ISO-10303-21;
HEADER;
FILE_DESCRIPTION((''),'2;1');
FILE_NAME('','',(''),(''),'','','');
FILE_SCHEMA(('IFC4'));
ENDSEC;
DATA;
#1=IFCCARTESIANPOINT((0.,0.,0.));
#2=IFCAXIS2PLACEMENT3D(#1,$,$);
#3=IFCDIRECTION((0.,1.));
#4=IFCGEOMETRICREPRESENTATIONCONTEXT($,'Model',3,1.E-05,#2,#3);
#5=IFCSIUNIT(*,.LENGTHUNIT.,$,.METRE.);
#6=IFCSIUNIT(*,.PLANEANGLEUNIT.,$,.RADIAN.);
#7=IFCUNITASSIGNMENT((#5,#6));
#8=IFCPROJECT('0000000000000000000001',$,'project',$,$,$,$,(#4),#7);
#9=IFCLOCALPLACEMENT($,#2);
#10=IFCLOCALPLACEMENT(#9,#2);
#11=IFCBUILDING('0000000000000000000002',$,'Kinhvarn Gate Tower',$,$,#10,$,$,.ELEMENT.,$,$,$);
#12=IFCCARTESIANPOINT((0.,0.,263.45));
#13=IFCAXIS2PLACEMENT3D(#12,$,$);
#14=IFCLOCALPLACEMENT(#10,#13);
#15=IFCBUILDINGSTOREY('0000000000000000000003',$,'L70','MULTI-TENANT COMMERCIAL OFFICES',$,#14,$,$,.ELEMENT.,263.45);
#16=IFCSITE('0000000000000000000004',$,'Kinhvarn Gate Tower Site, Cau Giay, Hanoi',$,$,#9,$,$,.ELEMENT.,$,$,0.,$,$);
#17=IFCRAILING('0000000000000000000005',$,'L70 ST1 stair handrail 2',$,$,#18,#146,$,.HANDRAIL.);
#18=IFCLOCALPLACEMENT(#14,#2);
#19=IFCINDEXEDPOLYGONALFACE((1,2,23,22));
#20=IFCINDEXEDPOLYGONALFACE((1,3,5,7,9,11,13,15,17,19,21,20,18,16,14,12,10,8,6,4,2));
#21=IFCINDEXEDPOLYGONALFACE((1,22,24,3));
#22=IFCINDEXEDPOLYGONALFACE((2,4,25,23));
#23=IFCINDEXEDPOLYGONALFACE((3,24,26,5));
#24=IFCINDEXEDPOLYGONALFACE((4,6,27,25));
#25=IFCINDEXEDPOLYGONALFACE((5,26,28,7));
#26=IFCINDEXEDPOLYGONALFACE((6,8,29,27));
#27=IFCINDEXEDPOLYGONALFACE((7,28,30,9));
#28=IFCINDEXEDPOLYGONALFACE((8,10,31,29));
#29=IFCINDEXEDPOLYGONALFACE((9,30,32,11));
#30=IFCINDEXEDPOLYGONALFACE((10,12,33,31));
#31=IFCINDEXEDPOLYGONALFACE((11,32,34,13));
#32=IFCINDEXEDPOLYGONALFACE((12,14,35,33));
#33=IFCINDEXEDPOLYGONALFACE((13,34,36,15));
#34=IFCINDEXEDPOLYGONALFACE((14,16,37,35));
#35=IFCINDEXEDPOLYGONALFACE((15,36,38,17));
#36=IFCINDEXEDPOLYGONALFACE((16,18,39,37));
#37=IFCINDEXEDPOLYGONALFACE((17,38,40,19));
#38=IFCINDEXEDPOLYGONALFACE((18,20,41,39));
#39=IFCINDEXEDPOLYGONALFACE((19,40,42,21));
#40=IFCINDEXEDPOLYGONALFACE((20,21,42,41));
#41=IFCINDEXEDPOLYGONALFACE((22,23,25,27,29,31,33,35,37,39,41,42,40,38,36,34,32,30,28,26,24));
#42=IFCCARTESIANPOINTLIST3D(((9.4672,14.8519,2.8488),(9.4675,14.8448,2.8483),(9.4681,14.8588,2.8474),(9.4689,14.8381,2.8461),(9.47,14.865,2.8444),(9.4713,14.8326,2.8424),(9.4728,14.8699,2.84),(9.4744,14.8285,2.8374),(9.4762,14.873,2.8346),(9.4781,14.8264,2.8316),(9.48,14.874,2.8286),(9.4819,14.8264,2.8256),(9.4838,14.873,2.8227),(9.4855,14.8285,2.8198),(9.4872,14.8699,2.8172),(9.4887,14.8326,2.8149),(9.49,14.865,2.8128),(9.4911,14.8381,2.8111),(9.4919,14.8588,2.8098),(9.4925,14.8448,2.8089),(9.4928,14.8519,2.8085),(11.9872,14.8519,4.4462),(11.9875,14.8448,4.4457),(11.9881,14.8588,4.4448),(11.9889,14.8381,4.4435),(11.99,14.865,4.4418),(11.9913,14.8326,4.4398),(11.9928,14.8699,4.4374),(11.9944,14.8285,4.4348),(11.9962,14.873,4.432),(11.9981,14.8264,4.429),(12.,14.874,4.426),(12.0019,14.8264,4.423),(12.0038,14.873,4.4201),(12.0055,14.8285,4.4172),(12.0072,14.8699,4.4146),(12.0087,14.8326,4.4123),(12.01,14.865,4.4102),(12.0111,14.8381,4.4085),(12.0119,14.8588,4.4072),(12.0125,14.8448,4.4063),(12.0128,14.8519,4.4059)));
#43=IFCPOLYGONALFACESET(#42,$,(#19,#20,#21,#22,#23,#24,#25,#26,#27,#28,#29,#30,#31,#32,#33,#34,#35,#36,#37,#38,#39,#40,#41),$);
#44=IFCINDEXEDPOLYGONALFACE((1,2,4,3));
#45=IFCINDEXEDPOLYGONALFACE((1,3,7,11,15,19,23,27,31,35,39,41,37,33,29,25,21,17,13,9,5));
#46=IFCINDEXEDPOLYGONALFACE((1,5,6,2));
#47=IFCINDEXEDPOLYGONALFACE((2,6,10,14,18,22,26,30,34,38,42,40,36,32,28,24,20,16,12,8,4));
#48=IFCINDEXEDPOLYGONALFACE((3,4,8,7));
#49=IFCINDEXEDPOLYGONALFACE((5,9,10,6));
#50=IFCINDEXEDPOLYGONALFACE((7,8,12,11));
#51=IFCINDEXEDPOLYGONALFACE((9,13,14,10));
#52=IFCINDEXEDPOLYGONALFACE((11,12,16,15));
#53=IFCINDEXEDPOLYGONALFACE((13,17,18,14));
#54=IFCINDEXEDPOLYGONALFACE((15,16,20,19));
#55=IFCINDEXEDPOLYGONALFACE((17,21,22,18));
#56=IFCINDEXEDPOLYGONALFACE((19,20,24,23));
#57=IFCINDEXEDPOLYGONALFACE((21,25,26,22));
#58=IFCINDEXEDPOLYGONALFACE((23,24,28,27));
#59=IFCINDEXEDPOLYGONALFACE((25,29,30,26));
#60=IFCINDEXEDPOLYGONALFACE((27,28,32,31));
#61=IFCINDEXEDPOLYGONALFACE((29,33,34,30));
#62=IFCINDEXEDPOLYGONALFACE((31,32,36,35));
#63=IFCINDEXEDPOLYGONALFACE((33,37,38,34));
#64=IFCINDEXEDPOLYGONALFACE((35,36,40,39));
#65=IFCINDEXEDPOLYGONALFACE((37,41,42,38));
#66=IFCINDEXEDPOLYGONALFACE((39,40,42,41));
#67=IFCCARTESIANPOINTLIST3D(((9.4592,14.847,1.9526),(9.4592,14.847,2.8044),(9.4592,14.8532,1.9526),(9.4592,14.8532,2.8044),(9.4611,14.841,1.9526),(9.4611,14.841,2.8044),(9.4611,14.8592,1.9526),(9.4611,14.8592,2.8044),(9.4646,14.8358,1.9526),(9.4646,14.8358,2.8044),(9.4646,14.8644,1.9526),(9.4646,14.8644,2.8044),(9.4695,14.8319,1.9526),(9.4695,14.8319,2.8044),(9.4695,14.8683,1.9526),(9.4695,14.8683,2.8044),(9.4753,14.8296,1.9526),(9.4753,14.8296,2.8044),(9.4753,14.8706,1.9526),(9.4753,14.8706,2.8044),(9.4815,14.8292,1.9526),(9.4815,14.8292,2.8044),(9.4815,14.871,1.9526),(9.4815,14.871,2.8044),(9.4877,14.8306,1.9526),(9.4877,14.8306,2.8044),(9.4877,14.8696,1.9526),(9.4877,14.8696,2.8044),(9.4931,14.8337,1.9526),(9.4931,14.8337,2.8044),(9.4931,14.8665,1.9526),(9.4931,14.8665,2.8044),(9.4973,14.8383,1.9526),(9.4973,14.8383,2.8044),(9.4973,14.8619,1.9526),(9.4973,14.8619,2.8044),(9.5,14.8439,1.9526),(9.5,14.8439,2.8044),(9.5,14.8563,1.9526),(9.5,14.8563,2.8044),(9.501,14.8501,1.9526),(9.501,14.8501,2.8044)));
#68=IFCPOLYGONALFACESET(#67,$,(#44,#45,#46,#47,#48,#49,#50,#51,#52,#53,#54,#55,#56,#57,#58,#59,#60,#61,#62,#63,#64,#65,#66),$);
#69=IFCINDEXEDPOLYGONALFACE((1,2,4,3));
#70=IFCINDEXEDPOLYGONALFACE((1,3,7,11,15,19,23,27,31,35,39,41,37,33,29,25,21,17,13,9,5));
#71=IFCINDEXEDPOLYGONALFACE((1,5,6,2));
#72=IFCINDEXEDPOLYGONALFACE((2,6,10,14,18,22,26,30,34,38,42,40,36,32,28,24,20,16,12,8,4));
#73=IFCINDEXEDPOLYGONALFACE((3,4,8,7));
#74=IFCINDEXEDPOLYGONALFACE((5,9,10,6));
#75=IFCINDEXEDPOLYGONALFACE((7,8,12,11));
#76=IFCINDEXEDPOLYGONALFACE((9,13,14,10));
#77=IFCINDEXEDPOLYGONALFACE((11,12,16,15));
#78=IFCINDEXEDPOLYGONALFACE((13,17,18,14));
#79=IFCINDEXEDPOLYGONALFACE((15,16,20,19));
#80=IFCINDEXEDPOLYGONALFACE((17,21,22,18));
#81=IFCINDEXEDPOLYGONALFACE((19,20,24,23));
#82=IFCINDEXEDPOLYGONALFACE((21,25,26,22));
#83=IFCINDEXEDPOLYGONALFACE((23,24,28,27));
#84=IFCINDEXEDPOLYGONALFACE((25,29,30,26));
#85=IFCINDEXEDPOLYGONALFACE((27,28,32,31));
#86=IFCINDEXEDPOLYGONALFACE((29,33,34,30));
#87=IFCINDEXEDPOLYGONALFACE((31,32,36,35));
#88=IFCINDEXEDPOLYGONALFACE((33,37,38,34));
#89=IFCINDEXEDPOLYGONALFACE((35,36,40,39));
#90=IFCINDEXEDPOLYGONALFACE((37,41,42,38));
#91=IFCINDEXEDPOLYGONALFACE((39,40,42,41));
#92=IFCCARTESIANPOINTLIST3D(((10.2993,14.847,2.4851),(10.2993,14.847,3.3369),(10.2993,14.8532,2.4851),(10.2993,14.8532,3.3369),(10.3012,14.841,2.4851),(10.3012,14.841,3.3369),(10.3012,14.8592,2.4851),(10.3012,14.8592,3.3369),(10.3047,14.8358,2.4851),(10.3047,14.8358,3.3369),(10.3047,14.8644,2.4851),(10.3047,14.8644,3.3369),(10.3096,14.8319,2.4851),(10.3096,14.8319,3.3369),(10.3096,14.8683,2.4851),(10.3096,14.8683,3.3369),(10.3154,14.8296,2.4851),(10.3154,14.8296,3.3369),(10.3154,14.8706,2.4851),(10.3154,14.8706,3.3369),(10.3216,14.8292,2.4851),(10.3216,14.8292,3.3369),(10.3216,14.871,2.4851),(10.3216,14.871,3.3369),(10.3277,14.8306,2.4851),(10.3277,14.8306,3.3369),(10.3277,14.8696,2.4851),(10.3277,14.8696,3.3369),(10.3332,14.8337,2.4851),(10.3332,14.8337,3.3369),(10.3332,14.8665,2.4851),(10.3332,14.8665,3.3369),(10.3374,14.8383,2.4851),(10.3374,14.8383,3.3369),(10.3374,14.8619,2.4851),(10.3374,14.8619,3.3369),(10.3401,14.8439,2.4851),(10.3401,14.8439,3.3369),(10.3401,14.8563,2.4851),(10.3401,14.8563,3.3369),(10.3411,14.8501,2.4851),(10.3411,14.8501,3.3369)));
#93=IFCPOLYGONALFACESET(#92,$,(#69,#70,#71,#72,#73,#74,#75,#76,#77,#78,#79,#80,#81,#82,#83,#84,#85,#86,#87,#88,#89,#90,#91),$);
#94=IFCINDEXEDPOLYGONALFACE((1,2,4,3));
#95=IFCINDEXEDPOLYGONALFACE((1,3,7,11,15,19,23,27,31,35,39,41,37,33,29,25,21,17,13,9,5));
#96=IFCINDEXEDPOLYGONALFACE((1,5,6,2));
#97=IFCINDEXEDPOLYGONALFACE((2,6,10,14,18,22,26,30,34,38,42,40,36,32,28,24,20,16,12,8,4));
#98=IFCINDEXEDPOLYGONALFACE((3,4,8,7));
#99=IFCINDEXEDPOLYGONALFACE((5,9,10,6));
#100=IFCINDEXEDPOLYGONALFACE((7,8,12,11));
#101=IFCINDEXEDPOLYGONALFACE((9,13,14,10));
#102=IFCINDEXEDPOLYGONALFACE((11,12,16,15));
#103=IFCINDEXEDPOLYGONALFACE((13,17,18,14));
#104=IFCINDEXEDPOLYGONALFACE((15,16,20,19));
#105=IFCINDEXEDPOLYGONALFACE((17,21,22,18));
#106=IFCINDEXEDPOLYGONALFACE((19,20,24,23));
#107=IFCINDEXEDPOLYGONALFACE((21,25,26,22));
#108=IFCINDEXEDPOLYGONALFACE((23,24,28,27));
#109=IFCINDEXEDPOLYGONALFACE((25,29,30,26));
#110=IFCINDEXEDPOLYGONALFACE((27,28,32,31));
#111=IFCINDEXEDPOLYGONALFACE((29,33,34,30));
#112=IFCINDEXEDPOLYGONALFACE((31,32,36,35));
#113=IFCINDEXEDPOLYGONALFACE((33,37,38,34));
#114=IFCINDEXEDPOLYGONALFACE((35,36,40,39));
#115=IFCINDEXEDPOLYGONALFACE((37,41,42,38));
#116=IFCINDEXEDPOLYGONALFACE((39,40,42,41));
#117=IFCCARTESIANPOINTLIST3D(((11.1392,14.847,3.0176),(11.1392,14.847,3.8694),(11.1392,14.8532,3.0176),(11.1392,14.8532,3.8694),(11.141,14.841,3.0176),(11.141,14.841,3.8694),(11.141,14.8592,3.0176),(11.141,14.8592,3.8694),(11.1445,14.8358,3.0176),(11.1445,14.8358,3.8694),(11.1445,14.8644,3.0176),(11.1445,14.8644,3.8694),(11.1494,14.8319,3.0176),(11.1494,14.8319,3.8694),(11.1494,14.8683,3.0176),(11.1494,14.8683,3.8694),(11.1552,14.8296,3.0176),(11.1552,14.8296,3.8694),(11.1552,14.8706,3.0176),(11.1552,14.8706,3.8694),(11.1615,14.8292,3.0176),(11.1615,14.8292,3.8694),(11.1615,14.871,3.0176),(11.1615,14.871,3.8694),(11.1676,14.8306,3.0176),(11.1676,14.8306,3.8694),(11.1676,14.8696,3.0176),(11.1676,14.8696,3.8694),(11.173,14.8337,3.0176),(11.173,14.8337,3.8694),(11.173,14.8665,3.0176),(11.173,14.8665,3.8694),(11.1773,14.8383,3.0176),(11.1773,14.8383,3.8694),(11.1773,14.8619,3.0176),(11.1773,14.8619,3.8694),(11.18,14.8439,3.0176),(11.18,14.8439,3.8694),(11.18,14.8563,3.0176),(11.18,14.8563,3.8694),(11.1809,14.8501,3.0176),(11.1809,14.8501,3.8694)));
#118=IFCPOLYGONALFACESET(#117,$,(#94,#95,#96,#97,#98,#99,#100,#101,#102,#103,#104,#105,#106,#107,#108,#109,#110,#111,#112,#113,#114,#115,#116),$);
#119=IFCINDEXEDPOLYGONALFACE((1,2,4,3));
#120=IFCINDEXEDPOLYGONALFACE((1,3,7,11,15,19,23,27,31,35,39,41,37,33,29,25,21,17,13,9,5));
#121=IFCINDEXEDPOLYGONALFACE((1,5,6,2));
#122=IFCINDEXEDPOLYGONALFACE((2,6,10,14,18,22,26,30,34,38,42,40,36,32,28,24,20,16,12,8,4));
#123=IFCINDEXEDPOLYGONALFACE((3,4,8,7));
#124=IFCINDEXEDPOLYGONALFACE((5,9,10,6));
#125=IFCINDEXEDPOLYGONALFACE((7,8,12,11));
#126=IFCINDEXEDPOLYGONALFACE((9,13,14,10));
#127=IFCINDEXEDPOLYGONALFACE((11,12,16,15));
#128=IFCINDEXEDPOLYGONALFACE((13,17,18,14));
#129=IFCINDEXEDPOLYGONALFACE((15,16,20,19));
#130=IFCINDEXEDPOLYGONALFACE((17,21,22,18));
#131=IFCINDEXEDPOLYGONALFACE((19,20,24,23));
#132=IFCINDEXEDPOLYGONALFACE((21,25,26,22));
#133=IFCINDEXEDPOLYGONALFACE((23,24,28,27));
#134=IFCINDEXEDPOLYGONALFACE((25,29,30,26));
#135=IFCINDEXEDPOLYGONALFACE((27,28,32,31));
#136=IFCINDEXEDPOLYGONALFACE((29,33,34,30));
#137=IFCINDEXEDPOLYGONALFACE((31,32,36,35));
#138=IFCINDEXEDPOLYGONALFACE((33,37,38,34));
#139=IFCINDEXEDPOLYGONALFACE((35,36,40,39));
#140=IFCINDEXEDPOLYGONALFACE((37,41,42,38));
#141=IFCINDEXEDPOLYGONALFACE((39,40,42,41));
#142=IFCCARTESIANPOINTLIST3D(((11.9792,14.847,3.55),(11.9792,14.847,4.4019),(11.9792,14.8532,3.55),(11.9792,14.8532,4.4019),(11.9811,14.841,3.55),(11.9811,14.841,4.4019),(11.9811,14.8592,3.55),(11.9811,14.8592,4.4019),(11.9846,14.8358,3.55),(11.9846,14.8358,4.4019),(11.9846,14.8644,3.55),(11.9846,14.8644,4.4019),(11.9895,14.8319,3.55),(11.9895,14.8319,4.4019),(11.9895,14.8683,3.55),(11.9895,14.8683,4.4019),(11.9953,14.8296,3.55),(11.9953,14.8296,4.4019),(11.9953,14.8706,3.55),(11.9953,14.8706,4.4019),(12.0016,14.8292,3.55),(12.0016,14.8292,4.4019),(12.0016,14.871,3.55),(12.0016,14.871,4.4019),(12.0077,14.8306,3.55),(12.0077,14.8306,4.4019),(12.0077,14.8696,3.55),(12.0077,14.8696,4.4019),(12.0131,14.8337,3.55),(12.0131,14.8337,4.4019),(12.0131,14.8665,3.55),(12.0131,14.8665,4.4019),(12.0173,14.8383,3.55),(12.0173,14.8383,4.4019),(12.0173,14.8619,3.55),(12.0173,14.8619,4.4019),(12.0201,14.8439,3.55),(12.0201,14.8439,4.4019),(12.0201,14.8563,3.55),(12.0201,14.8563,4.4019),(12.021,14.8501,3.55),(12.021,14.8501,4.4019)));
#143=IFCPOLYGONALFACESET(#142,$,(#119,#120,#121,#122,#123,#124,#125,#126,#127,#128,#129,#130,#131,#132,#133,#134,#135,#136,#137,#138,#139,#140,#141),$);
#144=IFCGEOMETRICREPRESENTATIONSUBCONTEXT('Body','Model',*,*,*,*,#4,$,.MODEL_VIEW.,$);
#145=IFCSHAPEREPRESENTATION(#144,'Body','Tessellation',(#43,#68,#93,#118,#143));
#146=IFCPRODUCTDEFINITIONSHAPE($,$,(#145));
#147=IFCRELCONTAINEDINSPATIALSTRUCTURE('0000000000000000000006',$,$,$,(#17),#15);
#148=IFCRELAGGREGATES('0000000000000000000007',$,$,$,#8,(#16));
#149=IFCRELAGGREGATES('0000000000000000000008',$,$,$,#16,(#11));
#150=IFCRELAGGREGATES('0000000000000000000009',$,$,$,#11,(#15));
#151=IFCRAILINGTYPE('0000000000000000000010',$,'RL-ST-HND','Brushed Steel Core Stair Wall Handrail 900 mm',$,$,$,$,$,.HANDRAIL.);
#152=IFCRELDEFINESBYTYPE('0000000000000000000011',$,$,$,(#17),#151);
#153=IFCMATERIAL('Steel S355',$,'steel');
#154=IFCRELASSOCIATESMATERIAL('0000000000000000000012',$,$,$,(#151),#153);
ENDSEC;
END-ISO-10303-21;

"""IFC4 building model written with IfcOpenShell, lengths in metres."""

from ifc_helpers import new_model, si_unit, direction, frame, origin, origin_2d, place, context, subcontext, project, spatial, circle, extrude, material, type_object, element, save


model = new_model("IFC4")

# Units and contexts
model_context = context("Model", 3, precision=1e-05, world=origin(), true_north=direction((0.0, 1.0)))
body_context = subcontext(model_context, "Body", "Model", "MODEL_VIEW")
ifc_project = project(units=[si_unit("LENGTHUNIT", "METRE"), si_unit("PLANEANGLEUNIT", "RADIAN")], contexts=[model_context])

# Site, building, storey
site_placement = place(None, origin())
site = spatial("IfcSite", under=ifc_project, at=site_placement, Name="Kinhvarn Gate Tower Site, Cau Giay, Hanoi", CompositionType="ELEMENT", RefElevation=0.0)
building_placement = place(site_placement, origin())
building = spatial("IfcBuilding", under=site, at=building_placement, Name="Kinhvarn Gate Tower", CompositionType="ELEMENT")
storey_placement = place(building_placement, frame((0.0, 0.0, 263.45)))
storey = spatial("IfcBuildingStorey", under=building, at=storey_placement, Name="L70", Description="MULTI-TENANT COMMERCIAL OFFICES", CompositionType="ELEMENT", Elevation=263.45)

# Shared definitions
ifc_material_1 = material(Name="Steel S355", Category="steel")

# Railing
railing_type_1 = type_object("IfcRailingType", Name="RL-ST-HND", Description="Brushed Steel Core Stair Wall Handrail 900 mm", PredefinedType="HANDRAIL", material=ifc_material_1)
railing_1_placement = place(storey_placement, frame((9.48, 14.8501, 1.9526)))
element("IfcRailing", 1, at=railing_1_placement, inside=storey, type_object=railing_type_1, Name="L70 ST1 stair handrail 2", PredefinedType="HANDRAIL", context=body_context, shape_type="SweptSolid", body=[
    extrude(circle(Radius=0.0239, at=origin_2d()), frame((0.0, 0.0, 0.876), z_axis=(0.844607, 0.0, 0.535387), x_axis=(0.0, 1.0, 0.0)), (0.0, 0.0, 1.0), 2.9836),
    extrude(circle(Radius=0.021, at=origin_2d()), origin(), (0.0, 0.0, 1.0), 0.8518),
    extrude(circle(Radius=0.021, at=origin_2d()), frame((0.8401, 0.0, 0.5325)), (0.0, 0.0, 1.0), 0.8518),
    extrude(circle(Radius=0.021, at=origin_2d()), frame((1.6799, 0.0, 1.0649)), (0.0, 0.0, 1.0), 0.8518),
    extrude(circle(Radius=0.021, at=origin_2d()), frame((2.52, 0.0, 1.5974)), (0.0, 0.0, 1.0), 0.8518),
])

save(model, "model.ifc")
